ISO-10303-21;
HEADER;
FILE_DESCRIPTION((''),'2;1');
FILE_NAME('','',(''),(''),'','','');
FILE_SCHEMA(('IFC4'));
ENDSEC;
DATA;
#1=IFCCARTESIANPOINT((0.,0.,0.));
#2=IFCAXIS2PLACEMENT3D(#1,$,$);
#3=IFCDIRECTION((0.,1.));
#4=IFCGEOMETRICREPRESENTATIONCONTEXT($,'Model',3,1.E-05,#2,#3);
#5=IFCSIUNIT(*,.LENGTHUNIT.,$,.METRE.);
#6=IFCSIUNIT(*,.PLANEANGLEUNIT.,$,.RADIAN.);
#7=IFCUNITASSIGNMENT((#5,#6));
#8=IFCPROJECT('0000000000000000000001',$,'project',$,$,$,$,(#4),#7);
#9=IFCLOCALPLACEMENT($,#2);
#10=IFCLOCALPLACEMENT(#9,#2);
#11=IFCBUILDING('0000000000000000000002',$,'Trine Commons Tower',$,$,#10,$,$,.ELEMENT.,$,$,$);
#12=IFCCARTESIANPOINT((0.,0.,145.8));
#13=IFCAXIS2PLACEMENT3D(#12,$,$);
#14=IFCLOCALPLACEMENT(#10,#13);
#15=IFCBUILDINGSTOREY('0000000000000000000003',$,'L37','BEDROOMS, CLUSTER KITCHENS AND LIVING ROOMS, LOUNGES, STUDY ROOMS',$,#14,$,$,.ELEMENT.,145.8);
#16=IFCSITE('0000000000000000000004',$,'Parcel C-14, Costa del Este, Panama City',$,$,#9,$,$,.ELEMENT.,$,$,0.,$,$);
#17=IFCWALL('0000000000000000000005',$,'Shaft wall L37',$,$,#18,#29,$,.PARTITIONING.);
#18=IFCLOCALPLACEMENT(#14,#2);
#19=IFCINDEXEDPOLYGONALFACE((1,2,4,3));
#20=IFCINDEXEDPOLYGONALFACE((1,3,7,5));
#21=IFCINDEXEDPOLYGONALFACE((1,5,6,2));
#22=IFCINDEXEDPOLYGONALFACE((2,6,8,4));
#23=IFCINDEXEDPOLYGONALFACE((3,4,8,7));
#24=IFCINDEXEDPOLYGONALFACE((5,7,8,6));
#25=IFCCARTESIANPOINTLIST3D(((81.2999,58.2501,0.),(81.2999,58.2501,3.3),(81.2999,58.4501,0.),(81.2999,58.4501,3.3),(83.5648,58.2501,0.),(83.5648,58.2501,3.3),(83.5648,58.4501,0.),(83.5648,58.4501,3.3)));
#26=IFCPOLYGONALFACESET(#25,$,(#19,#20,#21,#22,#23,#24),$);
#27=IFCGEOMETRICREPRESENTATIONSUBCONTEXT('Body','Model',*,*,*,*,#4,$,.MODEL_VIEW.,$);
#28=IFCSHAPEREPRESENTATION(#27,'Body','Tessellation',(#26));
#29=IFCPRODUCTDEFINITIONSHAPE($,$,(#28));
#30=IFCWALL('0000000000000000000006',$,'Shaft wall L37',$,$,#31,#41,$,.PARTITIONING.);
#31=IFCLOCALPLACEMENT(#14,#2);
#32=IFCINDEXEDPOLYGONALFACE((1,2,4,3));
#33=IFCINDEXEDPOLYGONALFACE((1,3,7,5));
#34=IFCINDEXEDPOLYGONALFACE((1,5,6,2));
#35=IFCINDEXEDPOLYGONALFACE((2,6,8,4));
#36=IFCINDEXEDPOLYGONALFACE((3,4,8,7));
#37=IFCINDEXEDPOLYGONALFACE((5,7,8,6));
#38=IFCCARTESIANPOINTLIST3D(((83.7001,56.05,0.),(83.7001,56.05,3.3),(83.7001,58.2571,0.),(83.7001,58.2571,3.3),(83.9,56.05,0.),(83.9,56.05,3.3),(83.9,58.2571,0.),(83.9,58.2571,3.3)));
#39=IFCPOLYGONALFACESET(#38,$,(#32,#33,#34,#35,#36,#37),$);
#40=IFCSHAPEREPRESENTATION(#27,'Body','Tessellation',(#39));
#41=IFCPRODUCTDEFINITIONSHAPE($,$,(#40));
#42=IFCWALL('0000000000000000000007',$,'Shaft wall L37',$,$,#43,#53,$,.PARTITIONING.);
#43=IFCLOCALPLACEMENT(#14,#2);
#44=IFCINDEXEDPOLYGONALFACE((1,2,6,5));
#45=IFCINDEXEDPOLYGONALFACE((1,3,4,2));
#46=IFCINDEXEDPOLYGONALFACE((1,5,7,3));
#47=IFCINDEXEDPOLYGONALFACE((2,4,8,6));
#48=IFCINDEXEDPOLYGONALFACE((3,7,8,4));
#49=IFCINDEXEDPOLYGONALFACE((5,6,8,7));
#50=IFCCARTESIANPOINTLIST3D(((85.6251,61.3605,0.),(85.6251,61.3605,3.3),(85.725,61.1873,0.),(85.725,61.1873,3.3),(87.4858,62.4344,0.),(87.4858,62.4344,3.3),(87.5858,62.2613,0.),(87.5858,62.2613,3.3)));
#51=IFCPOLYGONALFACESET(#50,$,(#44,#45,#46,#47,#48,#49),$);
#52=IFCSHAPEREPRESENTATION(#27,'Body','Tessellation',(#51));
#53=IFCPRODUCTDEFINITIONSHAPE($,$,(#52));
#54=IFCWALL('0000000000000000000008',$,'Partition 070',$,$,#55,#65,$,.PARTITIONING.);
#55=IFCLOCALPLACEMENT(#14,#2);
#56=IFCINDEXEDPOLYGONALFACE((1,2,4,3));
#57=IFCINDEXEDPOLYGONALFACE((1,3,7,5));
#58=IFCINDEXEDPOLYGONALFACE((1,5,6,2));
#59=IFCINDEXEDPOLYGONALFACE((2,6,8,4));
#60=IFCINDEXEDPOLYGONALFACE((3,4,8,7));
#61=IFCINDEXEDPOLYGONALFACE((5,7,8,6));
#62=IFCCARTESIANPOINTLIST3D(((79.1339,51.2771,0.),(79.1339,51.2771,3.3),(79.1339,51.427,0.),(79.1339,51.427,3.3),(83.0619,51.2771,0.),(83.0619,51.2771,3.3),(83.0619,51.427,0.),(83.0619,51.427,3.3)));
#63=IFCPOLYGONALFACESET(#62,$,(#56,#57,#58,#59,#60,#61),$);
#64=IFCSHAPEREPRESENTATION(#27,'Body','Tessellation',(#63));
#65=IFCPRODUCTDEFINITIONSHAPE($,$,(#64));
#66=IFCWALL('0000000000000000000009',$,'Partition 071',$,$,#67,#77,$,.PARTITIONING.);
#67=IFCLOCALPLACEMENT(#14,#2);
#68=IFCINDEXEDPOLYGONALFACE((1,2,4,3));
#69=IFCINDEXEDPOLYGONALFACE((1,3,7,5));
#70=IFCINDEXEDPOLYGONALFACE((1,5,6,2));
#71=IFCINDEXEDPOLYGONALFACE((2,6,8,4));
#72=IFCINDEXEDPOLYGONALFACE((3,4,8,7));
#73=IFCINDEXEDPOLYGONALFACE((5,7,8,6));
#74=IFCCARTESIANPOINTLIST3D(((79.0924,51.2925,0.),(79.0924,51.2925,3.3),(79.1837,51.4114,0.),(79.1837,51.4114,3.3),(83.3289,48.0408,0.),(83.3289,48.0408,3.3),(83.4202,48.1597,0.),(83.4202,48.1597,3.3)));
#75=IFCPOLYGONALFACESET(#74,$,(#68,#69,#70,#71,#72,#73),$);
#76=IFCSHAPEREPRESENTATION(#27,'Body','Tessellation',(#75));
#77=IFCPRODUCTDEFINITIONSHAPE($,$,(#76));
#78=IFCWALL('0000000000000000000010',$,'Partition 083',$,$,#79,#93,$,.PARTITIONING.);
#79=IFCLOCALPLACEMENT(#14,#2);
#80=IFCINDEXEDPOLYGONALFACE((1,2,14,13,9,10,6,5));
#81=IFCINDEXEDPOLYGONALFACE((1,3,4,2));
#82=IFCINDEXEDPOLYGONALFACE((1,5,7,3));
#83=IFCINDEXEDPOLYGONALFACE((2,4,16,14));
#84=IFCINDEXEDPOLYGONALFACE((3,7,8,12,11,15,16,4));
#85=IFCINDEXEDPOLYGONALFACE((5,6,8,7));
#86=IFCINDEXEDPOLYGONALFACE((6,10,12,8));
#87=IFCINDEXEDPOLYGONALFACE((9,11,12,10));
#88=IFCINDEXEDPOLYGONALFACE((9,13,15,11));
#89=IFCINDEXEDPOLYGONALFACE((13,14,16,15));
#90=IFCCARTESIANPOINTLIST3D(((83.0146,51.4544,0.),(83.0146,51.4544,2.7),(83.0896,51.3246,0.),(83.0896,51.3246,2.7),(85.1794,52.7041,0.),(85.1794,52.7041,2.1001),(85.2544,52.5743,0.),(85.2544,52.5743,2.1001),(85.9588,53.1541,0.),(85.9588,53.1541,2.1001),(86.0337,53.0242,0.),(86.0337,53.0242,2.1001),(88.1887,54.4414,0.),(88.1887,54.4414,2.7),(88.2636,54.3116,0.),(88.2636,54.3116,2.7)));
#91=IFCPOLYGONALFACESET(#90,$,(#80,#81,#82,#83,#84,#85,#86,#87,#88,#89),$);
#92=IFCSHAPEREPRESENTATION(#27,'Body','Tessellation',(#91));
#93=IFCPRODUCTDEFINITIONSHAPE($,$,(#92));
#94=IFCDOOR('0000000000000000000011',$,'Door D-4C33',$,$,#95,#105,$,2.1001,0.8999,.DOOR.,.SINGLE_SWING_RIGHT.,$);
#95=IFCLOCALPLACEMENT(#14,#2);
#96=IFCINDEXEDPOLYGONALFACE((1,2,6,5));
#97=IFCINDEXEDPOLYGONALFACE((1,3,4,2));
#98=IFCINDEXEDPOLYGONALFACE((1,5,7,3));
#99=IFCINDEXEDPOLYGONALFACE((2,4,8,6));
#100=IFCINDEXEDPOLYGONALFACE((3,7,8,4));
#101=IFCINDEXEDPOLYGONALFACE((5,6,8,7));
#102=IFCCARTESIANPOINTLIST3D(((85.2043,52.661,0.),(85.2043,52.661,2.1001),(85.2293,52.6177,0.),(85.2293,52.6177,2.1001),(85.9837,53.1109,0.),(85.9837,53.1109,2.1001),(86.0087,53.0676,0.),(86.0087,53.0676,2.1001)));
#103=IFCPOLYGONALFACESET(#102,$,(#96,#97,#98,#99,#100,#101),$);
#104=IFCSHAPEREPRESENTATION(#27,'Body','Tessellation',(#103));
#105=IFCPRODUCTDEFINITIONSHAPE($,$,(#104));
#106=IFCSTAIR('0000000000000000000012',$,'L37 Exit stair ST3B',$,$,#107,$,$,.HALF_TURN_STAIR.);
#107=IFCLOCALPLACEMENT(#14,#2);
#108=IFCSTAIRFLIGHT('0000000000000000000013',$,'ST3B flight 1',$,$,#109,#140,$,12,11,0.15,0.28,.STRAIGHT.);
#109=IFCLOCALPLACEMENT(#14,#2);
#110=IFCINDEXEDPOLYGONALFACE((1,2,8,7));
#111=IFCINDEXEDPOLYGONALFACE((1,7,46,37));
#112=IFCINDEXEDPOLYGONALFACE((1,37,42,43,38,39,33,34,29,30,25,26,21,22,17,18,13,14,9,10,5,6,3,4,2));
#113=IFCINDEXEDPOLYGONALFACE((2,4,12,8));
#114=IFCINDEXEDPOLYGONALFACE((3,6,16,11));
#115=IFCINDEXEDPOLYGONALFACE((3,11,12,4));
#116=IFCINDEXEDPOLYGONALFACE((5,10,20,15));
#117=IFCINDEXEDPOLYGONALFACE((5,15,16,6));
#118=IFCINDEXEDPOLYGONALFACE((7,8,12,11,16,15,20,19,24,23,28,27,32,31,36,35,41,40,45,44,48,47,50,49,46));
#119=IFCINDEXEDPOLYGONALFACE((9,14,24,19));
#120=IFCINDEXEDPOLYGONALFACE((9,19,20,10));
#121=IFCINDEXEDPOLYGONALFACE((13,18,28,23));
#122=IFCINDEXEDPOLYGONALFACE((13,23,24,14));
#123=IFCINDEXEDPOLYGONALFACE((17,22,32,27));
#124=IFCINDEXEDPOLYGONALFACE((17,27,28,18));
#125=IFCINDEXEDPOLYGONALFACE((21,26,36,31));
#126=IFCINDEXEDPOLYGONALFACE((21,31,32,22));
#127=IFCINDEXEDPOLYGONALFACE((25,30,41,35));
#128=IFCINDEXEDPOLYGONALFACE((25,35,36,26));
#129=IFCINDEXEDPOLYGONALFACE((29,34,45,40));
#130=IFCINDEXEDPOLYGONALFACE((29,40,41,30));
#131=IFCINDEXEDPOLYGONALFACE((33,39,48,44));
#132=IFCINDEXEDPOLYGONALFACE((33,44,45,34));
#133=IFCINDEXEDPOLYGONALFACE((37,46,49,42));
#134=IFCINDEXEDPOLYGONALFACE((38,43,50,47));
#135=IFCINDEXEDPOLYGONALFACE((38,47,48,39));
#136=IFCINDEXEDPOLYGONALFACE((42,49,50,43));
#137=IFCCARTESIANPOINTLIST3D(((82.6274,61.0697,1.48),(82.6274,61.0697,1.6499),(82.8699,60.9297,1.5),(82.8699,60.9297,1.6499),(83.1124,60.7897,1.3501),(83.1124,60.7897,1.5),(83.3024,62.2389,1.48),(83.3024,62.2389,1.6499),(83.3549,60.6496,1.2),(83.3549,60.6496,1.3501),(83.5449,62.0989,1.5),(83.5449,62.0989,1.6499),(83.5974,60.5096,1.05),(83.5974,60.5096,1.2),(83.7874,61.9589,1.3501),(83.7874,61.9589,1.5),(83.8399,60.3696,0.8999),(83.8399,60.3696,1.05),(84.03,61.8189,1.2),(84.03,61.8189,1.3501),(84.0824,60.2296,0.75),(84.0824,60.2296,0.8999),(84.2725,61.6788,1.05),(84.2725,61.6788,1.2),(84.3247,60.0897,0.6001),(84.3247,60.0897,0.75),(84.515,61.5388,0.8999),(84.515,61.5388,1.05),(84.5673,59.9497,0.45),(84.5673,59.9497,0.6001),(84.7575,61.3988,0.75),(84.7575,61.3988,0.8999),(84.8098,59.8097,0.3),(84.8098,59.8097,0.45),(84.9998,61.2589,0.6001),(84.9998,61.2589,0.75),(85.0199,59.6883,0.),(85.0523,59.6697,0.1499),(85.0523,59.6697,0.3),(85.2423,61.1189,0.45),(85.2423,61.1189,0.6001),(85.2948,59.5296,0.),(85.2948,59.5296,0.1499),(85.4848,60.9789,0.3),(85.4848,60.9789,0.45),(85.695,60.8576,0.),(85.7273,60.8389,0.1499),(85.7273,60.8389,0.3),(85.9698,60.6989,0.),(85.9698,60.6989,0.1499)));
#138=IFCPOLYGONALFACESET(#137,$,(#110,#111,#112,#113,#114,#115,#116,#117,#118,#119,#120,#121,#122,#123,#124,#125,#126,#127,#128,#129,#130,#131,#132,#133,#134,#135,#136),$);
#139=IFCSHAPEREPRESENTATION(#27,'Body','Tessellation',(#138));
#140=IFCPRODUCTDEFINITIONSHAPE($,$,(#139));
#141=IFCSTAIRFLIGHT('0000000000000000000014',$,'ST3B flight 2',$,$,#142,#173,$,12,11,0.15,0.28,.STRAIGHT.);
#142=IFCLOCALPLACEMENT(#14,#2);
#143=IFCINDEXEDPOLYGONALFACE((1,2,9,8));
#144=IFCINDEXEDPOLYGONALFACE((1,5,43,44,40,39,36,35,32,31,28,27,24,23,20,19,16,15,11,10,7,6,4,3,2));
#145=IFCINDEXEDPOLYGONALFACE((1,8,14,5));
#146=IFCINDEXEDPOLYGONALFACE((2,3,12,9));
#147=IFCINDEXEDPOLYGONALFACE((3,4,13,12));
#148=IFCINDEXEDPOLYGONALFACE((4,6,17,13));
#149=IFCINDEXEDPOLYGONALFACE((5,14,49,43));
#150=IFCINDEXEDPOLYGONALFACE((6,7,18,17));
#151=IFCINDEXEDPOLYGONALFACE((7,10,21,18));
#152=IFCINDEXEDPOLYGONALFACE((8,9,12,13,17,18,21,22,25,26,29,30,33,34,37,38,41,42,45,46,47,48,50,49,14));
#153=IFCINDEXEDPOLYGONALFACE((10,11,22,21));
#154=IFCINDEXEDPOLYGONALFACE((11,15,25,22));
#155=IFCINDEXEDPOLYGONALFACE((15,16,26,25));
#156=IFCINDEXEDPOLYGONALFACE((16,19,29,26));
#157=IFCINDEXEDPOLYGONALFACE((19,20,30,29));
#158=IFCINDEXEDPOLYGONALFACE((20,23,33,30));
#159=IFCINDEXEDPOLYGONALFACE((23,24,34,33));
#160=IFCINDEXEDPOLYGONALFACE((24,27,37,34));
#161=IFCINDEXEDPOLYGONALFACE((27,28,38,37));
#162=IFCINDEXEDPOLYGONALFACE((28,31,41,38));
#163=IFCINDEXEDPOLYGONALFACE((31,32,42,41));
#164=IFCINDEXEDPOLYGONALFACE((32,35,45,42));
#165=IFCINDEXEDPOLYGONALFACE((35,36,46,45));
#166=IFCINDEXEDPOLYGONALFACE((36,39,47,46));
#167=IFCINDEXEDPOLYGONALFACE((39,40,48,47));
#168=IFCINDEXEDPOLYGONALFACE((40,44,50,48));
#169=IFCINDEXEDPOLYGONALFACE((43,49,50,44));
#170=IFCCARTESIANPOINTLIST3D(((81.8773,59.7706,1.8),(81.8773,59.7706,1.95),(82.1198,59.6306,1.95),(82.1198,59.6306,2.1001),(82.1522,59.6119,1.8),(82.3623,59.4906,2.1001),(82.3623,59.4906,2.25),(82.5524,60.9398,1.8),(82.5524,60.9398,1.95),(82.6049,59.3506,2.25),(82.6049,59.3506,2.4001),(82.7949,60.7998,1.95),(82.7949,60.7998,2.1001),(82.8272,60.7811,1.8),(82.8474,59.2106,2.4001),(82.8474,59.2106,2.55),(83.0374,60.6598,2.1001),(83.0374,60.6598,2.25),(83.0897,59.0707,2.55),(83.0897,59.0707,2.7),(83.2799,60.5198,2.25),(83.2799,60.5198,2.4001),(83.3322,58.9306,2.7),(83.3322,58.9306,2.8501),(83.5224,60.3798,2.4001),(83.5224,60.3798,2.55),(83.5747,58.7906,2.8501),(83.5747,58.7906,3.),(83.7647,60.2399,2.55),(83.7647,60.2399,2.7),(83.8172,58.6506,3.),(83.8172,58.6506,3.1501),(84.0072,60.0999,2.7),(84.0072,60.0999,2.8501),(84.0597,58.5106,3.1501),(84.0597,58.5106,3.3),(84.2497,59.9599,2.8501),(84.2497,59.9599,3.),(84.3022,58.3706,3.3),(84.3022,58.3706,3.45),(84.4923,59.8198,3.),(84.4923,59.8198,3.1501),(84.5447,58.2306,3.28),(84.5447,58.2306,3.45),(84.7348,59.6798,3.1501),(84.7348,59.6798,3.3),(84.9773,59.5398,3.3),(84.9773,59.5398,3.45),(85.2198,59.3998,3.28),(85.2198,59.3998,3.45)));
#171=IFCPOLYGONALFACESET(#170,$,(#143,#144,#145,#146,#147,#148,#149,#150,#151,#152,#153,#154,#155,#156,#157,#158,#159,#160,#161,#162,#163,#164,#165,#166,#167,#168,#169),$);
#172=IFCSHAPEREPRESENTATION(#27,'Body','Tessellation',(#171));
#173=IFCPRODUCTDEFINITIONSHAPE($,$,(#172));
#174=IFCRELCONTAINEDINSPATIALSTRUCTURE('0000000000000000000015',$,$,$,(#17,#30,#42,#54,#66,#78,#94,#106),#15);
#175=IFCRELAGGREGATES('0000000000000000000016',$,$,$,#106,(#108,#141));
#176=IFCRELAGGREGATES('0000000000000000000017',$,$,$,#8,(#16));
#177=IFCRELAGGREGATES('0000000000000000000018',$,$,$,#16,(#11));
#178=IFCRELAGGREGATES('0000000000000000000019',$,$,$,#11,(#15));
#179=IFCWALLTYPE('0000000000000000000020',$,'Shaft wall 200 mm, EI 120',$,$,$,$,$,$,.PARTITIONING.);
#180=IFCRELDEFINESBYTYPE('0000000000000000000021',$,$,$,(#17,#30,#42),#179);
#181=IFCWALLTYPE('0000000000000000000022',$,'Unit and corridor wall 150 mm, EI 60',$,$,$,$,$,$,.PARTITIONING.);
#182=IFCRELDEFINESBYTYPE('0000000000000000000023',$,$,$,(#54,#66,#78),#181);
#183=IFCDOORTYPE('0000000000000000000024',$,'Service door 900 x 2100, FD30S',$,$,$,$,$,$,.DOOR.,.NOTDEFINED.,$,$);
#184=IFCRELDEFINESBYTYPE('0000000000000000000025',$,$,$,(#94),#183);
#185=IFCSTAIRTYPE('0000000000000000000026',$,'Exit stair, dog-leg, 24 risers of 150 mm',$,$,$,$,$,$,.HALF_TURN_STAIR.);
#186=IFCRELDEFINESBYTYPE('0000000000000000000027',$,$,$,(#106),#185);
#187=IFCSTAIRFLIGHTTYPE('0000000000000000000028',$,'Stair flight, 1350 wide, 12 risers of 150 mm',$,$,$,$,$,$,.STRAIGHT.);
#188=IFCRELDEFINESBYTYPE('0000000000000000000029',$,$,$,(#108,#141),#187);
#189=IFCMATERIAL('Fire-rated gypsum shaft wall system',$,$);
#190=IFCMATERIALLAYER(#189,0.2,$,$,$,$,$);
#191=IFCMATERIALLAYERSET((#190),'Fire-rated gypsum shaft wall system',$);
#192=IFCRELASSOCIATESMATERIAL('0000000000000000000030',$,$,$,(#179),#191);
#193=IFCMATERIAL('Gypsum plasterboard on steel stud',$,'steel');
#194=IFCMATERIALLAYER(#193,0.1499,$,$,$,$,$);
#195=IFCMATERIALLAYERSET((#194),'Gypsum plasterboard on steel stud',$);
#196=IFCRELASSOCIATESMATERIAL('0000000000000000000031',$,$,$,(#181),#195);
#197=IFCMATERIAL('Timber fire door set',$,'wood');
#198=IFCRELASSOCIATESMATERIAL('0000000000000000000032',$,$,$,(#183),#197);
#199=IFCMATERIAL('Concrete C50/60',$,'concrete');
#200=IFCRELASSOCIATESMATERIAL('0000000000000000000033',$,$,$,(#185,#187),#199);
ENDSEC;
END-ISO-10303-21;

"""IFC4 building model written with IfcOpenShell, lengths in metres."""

from ifc_helpers import new_model, si_unit, direction, frame, frame_2d, origin, place, context, subcontext, project, spatial, polyline, rectangle, outline, extrude, material, layer, layer_set, type_object, element, fill, aggregate, save


model = new_model("IFC4")

# Units and contexts
model_context = context("Model", 3, precision=1e-05, world=origin(), true_north=direction((0.0, 1.0)))
body_context = subcontext(model_context, "Body", "Model", "MODEL_VIEW")
ifc_project = project(units=[si_unit("LENGTHUNIT", "METRE"), si_unit("PLANEANGLEUNIT", "RADIAN")], contexts=[model_context])

# Site, building, storey
site_placement = place(None, origin())
site = spatial("IfcSite", under=ifc_project, at=site_placement, Name="Parcel C-14, Costa del Este, Panama City", CompositionType="ELEMENT", RefElevation=0.0)
building_placement = place(site_placement, origin())
building = spatial("IfcBuilding", under=site, at=building_placement, Name="Trine Commons Tower", CompositionType="ELEMENT")
storey_placement = place(building_placement, frame((0.0, 0.0, 145.8)))
storey = spatial("IfcBuildingStorey", under=building, at=storey_placement, Name="L37", Description="BEDROOMS, CLUSTER KITCHENS AND LIVING ROOMS, LOUNGES, STUDY ROOMS", CompositionType="ELEMENT", Elevation=145.8)

# Shared definitions
ifc_material_1 = material(Name="Concrete C50/60", Category="concrete")

# Walls
ifc_material_2 = material(Name="Fire-rated gypsum shaft wall system")
ifc_layer_1 = layer(ifc_material_2, 0.2)
ifc_layer_set_1 = layer_set([ifc_layer_1], Name="Fire-rated gypsum shaft wall system")
wall_type_1 = type_object("IfcWallType", Name="Shaft wall 200 mm, EI 120", PredefinedType="PARTITIONING", material=ifc_layer_set_1)
wall_1_placement = place(storey_placement, frame((81.3, 58.3501, 0.0), z_axis=(0.0, 0.0, 1.0), x_axis=(1.0, 0.0, 0.0)))
element("IfcWall", 1, at=wall_1_placement, inside=storey, type_object=wall_type_1, Name="Shaft wall L37", PredefinedType="PARTITIONING", context=body_context, shape_type="SweptSolid", body=[
    extrude(rectangle(XDim=2.2649, YDim=0.2, at=frame_2d((1.1323, 0.0))), origin(), (0.0, 0.0, 1.0), 3.3),
])
wall_2_placement = place(storey_placement, frame((83.8, 58.2571, 0.0), z_axis=(0.0, 0.0, 1.0), x_axis=(0.0, -1.0, 0.0)))
element("IfcWall", 2, at=wall_2_placement, inside=storey, type_object=wall_type_1, Name="Shaft wall L37", PredefinedType="PARTITIONING", context=body_context, shape_type="SweptSolid", body=[
    extrude(rectangle(XDim=2.207, YDim=0.2, at=frame_2d((1.1035, 0.0))), origin(), (0.0, 0.0, 1.0), 3.3),
])
wall_3_placement = place(storey_placement, frame((85.675, 61.2739, 0.0), z_axis=(0.0, 0.0, 1.0), x_axis=(0.866102, 0.499867, 0.0)))
element("IfcWall", 3, at=wall_3_placement, inside=storey, type_object=wall_type_1, Name="Shaft wall L37", PredefinedType="PARTITIONING", context=body_context, shape_type="SweptSolid", body=[
    extrude(rectangle(XDim=2.1484, YDim=0.2, at=frame_2d((1.0742, 0.0))), origin(), (0.0, 0.0, 1.0), 3.3),
])
ifc_material_3 = material(Name="Gypsum plasterboard on steel stud", Category="steel")
ifc_layer_2 = layer(ifc_material_3, 0.1499)
ifc_layer_set_2 = layer_set([ifc_layer_2], Name="Gypsum plasterboard on steel stud")
wall_type_2 = type_object("IfcWallType", Name="Unit and corridor wall 150 mm, EI 60", PredefinedType="PARTITIONING", material=ifc_layer_set_2)
wall_4_placement = place(storey_placement, frame((79.134, 51.3521, 0.0), z_axis=(0.0, 0.0, 1.0), x_axis=(1.0, 0.0, 0.0)))
element("IfcWall", 4, at=wall_4_placement, inside=storey, type_object=wall_type_2, Name="Partition 070", PredefinedType="PARTITIONING", context=body_context, shape_type="SweptSolid", body=[
    extrude(rectangle(XDim=3.928, YDim=0.1499, at=frame_2d((1.9639, 0.0))), origin(), (0.0, 0.0, 1.0), 3.3),
])
wall_5_placement = place(storey_placement, frame((79.1379, 51.3521, 0.0), z_axis=(0.0, 0.0, 1.0), x_axis=(0.793274, -0.608864, 0.0)))
element("IfcWall", 5, at=wall_5_placement, inside=storey, type_object=wall_type_2, Name="Partition 071", PredefinedType="PARTITIONING", context=body_context, shape_type="SweptSolid", body=[
    extrude(rectangle(XDim=5.3406, YDim=0.1499, at=frame_2d((2.6704, 0.0))), origin(), (0.0, 0.0, 1.0), 3.3),
])

# Wall, opening, door
wall_6_placement = place(storey_placement, frame((83.052, 51.3894, 0.0), z_axis=(0.0, 0.0, 1.0), x_axis=(0.866039, 0.499976, 0.0)))
wall_6 = element("IfcWall", 6, at=wall_6_placement, inside=storey, type_object=wall_type_2, Name="Partition 083", PredefinedType="PARTITIONING", context=body_context, shape_type="SweptSolid", body=[
    extrude(rectangle(XDim=5.9744, YDim=0.1499, at=frame_2d((2.9873, 0.0))), origin(), (0.0, 0.0, 1.0), 2.7),
])
opening_1_placement = place(wall_6_placement, frame((2.4998, 0.0, 0.0)))
opening_1 = element("IfcOpeningElement", 7, at=opening_1_placement, cuts=wall_6, PredefinedType="OPENING", context=body_context, shape_type="SweptSolid", body=[
    extrude(rectangle(XDim=0.8999, YDim=2.1001, at=frame_2d((0.45, 1.05))), frame((0.0, 0.085, 0.0), z_axis=(0.0, -1.0, 0.0), x_axis=(1.0, 0.0, 0.0)), (0.0, 0.0, 1.0), 0.1699),
])
ifc_material_4 = material(Name="Timber fire door set", Category="wood")
door_type_1 = type_object("IfcDoorType", Name="Service door 900 x 2100, FD30S", OperationType="NOTDEFINED", PredefinedType="DOOR", material=ifc_material_4)
door_1_placement = place(opening_1_placement, frame((0.8999, 0.0, 0.0), z_axis=(0.0, 0.0, 1.0), x_axis=(-1.0, 0.0, 0.0)))
door_1 = element("IfcDoor", 8, at=door_1_placement, inside=storey, type_object=door_type_1, Name="Door D-4C33", OperationType="SINGLE_SWING_RIGHT", OverallHeight=2.1001, OverallWidth=0.8999, PredefinedType="DOOR", context=body_context, shape_type="SweptSolid", body=[
    extrude(rectangle(XDim=0.8999, YDim=2.1001, at=frame_2d((0.45, 1.05))), frame((0.0, 0.0249, 0.0), z_axis=(0.0, -1.0, 0.0), x_axis=(1.0, 0.0, 0.0)), (0.0, 0.0, 1.0), 0.05),
])
fill(opening_1, door_1)

# Stair, stair flights
stair_type = type_object("IfcStairType", Name="Exit stair, dog-leg, 24 risers of 150 mm", PredefinedType="HALF_TURN_STAIR", material=ifc_material_1)
stair_placement = place(storey_placement, origin())
stair = element("IfcStair", 9, at=stair_placement, inside=storey, type_object=stair_type, Name="L37 Exit stair ST3B", PredefinedType="HALF_TURN_STAIR")
stair_flight_type = type_object("IfcStairFlightType", Name="Stair flight, 1350 wide, 12 risers of 150 mm", PredefinedType="STRAIGHT", material=ifc_material_1)
stair_flight_1_placement = place(storey_placement, frame((85.6323, 60.1143, 0.0), z_axis=(0.0, 0.0, 1.0), x_axis=(-0.866025, 0.5, 0.0)))
stair_flight_1 = element("IfcStairFlight", 10, at=stair_flight_1_placement, type_object=stair_flight_type, Name="ST3B flight 1", NumberOfRisers=12, NumberOfTreads=11, PredefinedType="STRAIGHT", RiserHeight=0.15, TreadLength=0.28, context=body_context, shape_type="SweptSolid", body=[
    extrude(outline(polyline([(0.0, 0.0), (0.0, 0.1499), (0.28, 0.1499), (0.28, 0.3), (0.5601, 0.3), (0.5601, 0.45), (0.8401, 0.45), (0.8401, 0.6001), (1.1201, 0.6001), (1.1201, 0.75), (1.3999, 0.75), (1.3999, 0.8999), (1.6799, 0.8999), (1.6799, 1.05), (1.96, 1.05), (1.96, 1.2), (2.24, 1.2), (2.24, 1.3501), (2.52, 1.3501), (2.52, 1.5), (2.8, 1.5), (2.8, 1.6499), (3.0801, 1.6499), (3.0801, 1.8), (3.0801, 1.48), (0.3174, 0.0), (0.0, 0.0)])), frame((0.0, 0.675, 0.0), z_axis=(0.0, -1.0, 0.0), x_axis=(1.0, 0.0, 0.0)), (0.0, 0.0, 1.0), 1.3501),
])
stair_flight_2_placement = place(storey_placement, frame((82.2148, 60.3552, 1.8), z_axis=(0.0, 0.0, 1.0), x_axis=(0.866025, -0.5, 0.0)))
stair_flight_2 = element("IfcStairFlight", 11, at=stair_flight_2_placement, type_object=stair_flight_type, Name="ST3B flight 2", NumberOfRisers=12, NumberOfTreads=11, PredefinedType="STRAIGHT", RiserHeight=0.15, TreadLength=0.28, context=body_context, shape_type="SweptSolid", body=[
    extrude(outline(polyline([(0.0, 0.0), (0.0, 0.1499), (0.28, 0.1499), (0.28, 0.3), (0.5601, 0.3), (0.5601, 0.45), (0.8401, 0.45), (0.8401, 0.6001), (1.1201, 0.6001), (1.1201, 0.75), (1.3999, 0.75), (1.3999, 0.8999), (1.6799, 0.8999), (1.6799, 1.05), (1.96, 1.05), (1.96, 1.2), (2.24, 1.2), (2.24, 1.3501), (2.52, 1.3501), (2.52, 1.5), (2.8, 1.5), (2.8, 1.6499), (3.0801, 1.6499), (3.0801, 1.8), (3.0801, 1.48), (0.3174, 0.0), (0.0, 0.0)])), frame((0.0, 0.675, 0.0), z_axis=(0.0, -1.0, 0.0), x_axis=(1.0, 0.0, 0.0)), (0.0, 0.0, 1.0), 1.3501),
])
aggregate(stair, [stair_flight_1, stair_flight_2])

save(model, "model.ifc")
